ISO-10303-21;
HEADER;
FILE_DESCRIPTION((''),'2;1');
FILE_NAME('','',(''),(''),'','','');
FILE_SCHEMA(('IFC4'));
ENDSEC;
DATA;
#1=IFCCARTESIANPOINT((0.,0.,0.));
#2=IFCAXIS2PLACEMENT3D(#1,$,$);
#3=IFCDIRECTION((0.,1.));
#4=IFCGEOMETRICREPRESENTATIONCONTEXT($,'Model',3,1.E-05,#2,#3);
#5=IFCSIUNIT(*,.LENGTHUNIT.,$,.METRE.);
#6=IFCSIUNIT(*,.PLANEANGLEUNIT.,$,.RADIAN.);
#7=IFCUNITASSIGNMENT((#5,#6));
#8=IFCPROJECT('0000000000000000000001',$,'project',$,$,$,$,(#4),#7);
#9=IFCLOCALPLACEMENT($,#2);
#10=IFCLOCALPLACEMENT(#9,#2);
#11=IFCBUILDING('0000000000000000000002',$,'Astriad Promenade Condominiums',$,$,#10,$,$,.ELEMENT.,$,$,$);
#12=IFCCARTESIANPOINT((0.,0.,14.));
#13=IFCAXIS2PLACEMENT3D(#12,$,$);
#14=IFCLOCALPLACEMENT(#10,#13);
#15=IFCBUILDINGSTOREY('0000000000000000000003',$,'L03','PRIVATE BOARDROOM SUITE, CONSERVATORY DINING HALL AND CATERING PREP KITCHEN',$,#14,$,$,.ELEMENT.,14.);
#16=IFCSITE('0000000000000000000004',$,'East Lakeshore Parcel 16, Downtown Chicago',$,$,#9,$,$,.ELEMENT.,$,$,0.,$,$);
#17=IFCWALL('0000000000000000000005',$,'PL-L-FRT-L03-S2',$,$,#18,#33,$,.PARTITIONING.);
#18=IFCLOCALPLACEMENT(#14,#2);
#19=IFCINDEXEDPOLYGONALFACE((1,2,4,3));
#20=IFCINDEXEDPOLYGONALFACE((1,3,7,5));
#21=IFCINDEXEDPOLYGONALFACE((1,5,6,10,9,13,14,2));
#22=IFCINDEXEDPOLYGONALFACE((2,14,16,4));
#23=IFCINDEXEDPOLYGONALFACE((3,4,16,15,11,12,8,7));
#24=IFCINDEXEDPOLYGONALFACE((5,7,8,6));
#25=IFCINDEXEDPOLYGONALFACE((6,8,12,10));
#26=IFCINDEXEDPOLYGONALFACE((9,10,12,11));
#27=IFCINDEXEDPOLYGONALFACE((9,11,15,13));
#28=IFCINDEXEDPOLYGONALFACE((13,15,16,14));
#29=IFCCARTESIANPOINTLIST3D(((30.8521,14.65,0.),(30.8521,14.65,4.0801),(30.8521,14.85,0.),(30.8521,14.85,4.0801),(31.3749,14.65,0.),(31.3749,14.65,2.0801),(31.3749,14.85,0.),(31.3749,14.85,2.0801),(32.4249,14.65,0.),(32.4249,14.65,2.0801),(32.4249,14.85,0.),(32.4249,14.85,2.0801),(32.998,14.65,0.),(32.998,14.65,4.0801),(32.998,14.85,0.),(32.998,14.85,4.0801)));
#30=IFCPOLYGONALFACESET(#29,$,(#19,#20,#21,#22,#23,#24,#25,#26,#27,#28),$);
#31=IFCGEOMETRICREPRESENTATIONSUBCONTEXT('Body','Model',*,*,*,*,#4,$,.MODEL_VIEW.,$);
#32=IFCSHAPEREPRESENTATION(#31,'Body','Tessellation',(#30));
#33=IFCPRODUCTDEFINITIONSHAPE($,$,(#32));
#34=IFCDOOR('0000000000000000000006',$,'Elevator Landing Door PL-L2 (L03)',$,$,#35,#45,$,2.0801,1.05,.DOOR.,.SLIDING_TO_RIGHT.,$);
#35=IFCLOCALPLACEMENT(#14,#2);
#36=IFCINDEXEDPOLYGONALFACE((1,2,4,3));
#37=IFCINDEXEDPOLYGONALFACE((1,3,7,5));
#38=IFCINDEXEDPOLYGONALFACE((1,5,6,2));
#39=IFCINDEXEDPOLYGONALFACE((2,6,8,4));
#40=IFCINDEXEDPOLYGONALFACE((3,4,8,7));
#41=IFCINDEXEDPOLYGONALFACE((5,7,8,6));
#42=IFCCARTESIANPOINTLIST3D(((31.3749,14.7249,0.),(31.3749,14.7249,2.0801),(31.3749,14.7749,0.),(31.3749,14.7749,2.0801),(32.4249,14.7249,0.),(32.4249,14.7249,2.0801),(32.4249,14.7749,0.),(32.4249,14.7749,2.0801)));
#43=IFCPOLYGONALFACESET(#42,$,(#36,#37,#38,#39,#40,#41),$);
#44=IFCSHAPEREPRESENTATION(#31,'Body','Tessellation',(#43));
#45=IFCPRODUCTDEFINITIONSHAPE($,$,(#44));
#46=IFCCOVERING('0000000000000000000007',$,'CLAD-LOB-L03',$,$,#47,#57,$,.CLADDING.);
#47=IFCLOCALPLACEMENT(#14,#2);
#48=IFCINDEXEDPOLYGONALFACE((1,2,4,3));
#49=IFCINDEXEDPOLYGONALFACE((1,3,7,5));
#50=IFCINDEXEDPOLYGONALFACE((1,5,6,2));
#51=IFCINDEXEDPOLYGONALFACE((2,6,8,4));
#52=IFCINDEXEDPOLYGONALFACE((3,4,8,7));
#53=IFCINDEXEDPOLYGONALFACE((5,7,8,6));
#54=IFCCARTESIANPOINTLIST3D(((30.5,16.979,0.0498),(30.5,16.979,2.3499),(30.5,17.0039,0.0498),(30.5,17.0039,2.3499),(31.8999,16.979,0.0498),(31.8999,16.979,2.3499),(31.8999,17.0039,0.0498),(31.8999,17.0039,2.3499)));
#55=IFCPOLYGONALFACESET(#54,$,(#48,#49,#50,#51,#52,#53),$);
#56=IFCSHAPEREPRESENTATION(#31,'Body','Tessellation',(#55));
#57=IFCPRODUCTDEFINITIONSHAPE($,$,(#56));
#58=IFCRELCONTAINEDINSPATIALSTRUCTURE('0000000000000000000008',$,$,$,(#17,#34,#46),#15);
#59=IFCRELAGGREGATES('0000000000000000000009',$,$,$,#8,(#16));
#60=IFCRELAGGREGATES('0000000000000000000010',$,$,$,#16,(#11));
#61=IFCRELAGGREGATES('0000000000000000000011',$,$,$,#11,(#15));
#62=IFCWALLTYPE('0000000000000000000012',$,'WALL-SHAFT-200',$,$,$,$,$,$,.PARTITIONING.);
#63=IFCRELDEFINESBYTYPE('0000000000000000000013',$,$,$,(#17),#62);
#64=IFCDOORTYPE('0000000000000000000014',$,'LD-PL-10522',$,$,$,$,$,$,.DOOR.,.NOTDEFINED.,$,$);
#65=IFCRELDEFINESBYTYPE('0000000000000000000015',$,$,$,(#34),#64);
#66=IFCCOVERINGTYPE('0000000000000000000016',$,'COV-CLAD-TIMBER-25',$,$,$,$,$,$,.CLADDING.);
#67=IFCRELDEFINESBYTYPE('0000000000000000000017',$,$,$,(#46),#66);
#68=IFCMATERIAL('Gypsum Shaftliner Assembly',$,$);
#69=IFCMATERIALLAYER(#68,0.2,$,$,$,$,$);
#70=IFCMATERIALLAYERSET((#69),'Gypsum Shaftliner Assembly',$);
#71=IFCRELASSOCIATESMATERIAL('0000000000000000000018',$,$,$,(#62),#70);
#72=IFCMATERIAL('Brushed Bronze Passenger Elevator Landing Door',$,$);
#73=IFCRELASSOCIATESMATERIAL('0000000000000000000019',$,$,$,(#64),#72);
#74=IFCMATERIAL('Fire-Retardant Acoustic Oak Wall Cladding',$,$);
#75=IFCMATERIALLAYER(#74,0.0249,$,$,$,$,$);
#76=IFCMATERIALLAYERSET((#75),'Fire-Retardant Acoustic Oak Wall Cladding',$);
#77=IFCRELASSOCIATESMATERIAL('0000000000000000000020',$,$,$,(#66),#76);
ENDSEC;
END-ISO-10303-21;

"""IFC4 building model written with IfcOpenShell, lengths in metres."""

from ifc_helpers import new_model, si_unit, direction, frame, frame_2d, origin, origin_2d, place, context, subcontext, project, spatial, rectangle, extrude, source, transform, mapped, material, layer, layer_set, type_object, type_shapes, element, fill, save


model = new_model("IFC4")

# Units and contexts
model_context = context("Model", 3, precision=1e-05, world=origin(), true_north=direction((0.0, 1.0)))
body_context = subcontext(model_context, "Body", "Model", "MODEL_VIEW")
ifc_project = project(units=[si_unit("LENGTHUNIT", "METRE"), si_unit("PLANEANGLEUNIT", "RADIAN")], contexts=[model_context])

# Site, building, storey
site_placement = place(None, origin())
site = spatial("IfcSite", under=ifc_project, at=site_placement, Name="East Lakeshore Parcel 16, Downtown Chicago", CompositionType="ELEMENT", RefElevation=0.0)
building_placement = place(site_placement, origin())
building = spatial("IfcBuilding", under=site, at=building_placement, Name="Astriad Promenade Condominiums", CompositionType="ELEMENT")
storey_placement = place(building_placement, frame((0.0, 0.0, 14.0)))
storey = spatial("IfcBuildingStorey", under=building, at=storey_placement, Name="L03", Description="PRIVATE BOARDROOM SUITE, CONSERVATORY DINING HALL AND CATERING PREP KITCHEN", CompositionType="ELEMENT", Elevation=14.0)

# Shared definitions
ifc_material_1 = material(Name="Gypsum Shaftliner Assembly")
ifc_layer_1 = layer(ifc_material_1, 0.2)
ifc_layer_set_1 = layer_set([ifc_layer_1], Name="Gypsum Shaftliner Assembly")
wall_type_1 = type_object("IfcWallType", Name="WALL-SHAFT-200", PredefinedType="PARTITIONING", material=ifc_layer_set_1)

# Wall, opening, door
ifc_material_2 = material(Name="Brushed Bronze Passenger Elevator Landing Door")
door_type_1 = type_object("IfcDoorType", Name="LD-PL-10522", OperationType="NOTDEFINED", PredefinedType="DOOR", material=ifc_material_2)
shared_shape_1 = source(origin(), body_context, "Body", "SweptSolid", [
    extrude(rectangle(XDim=1.05, YDim=2.0801, at=frame_2d((0.5249, 1.04))), frame((0.0, 0.0249, 0.0), z_axis=(0.0, -1.0, 0.0), x_axis=(1.0, 0.0, 0.0)), (0.0, 0.0, 1.0), 0.05),
])
type_shapes(door_type_1, [shared_shape_1])
wall_1_placement = place(storey_placement, frame((30.8521, 14.75, 0.0), z_axis=(0.0, 0.0, 1.0), x_axis=(1.0, 0.0, 0.0)))
wall_1 = element("IfcWall", 1, at=wall_1_placement, inside=storey, type_object=wall_type_1, Name="PL-L-FRT-L03-S2", PredefinedType="PARTITIONING", context=body_context, shape_type="SweptSolid", body=[
    extrude(rectangle(XDim=2.146, YDim=0.2, at=frame_2d((1.073, 0.0))), origin(), (0.0, 0.0, 1.0), 4.0801),
])
opening_1_placement = place(wall_1_placement, frame((0.5229, 0.0, 0.0)))
opening_1 = element("IfcOpeningElement", 2, at=opening_1_placement, cuts=wall_1, PredefinedType="OPENING", context=body_context, shape_type="SweptSolid", body=[
    extrude(rectangle(XDim=1.05, YDim=2.0801, at=frame_2d((0.5249, 1.04))), frame((0.0, 0.1099, 0.0), z_axis=(0.0, -1.0, 0.0), x_axis=(1.0, 0.0, 0.0)), (0.0, 0.0, 1.0), 0.22),
])
door_1_placement = place(opening_1_placement, origin())
door_1 = element("IfcDoor", 3, at=door_1_placement, inside=storey, type_object=door_type_1, Name="Elevator Landing Door PL-L2 (L03)", OperationType="SLIDING_TO_RIGHT", OverallHeight=2.0801, OverallWidth=1.05, PredefinedType="DOOR", context=body_context, shape_type="MappedRepresentation", body=[
    mapped(shared_shape_1, transform((0.0, 0.0, 0.0), scale=1.0)),
])
fill(opening_1, door_1)

# Covering
ifc_material_3 = material(Name="Fire-Retardant Acoustic Oak Wall Cladding")
ifc_layer_2 = layer(ifc_material_3, 0.0249)
ifc_layer_set_2 = layer_set([ifc_layer_2], Name="Fire-Retardant Acoustic Oak Wall Cladding")
covering_type = type_object("IfcCoveringType", Name="COV-CLAD-TIMBER-25", PredefinedType="CLADDING", material=ifc_layer_set_2)
shared_shape_2 = source(origin(), body_context, "Body", "SweptSolid", [
    extrude(rectangle(XDim=1.3999, YDim=0.0249, at=origin_2d()), origin(), (0.0, 0.0, 1.0), 2.3),
])
type_shapes(covering_type, [shared_shape_2])
covering_placement = place(storey_placement, frame((31.2, 16.9915, 0.0498), z_axis=(0.0, 0.0, 1.0), x_axis=(1.0, 0.0, 0.0)))
element("IfcCovering", 4, at=covering_placement, inside=storey, type_object=covering_type, Name="CLAD-LOB-L03", PredefinedType="CLADDING", context=body_context, shape_type="MappedRepresentation", body=[
    mapped(shared_shape_2, transform((0.0, 0.0, 0.0), scale=1.0)),
])

save(model, "model.ifc")
